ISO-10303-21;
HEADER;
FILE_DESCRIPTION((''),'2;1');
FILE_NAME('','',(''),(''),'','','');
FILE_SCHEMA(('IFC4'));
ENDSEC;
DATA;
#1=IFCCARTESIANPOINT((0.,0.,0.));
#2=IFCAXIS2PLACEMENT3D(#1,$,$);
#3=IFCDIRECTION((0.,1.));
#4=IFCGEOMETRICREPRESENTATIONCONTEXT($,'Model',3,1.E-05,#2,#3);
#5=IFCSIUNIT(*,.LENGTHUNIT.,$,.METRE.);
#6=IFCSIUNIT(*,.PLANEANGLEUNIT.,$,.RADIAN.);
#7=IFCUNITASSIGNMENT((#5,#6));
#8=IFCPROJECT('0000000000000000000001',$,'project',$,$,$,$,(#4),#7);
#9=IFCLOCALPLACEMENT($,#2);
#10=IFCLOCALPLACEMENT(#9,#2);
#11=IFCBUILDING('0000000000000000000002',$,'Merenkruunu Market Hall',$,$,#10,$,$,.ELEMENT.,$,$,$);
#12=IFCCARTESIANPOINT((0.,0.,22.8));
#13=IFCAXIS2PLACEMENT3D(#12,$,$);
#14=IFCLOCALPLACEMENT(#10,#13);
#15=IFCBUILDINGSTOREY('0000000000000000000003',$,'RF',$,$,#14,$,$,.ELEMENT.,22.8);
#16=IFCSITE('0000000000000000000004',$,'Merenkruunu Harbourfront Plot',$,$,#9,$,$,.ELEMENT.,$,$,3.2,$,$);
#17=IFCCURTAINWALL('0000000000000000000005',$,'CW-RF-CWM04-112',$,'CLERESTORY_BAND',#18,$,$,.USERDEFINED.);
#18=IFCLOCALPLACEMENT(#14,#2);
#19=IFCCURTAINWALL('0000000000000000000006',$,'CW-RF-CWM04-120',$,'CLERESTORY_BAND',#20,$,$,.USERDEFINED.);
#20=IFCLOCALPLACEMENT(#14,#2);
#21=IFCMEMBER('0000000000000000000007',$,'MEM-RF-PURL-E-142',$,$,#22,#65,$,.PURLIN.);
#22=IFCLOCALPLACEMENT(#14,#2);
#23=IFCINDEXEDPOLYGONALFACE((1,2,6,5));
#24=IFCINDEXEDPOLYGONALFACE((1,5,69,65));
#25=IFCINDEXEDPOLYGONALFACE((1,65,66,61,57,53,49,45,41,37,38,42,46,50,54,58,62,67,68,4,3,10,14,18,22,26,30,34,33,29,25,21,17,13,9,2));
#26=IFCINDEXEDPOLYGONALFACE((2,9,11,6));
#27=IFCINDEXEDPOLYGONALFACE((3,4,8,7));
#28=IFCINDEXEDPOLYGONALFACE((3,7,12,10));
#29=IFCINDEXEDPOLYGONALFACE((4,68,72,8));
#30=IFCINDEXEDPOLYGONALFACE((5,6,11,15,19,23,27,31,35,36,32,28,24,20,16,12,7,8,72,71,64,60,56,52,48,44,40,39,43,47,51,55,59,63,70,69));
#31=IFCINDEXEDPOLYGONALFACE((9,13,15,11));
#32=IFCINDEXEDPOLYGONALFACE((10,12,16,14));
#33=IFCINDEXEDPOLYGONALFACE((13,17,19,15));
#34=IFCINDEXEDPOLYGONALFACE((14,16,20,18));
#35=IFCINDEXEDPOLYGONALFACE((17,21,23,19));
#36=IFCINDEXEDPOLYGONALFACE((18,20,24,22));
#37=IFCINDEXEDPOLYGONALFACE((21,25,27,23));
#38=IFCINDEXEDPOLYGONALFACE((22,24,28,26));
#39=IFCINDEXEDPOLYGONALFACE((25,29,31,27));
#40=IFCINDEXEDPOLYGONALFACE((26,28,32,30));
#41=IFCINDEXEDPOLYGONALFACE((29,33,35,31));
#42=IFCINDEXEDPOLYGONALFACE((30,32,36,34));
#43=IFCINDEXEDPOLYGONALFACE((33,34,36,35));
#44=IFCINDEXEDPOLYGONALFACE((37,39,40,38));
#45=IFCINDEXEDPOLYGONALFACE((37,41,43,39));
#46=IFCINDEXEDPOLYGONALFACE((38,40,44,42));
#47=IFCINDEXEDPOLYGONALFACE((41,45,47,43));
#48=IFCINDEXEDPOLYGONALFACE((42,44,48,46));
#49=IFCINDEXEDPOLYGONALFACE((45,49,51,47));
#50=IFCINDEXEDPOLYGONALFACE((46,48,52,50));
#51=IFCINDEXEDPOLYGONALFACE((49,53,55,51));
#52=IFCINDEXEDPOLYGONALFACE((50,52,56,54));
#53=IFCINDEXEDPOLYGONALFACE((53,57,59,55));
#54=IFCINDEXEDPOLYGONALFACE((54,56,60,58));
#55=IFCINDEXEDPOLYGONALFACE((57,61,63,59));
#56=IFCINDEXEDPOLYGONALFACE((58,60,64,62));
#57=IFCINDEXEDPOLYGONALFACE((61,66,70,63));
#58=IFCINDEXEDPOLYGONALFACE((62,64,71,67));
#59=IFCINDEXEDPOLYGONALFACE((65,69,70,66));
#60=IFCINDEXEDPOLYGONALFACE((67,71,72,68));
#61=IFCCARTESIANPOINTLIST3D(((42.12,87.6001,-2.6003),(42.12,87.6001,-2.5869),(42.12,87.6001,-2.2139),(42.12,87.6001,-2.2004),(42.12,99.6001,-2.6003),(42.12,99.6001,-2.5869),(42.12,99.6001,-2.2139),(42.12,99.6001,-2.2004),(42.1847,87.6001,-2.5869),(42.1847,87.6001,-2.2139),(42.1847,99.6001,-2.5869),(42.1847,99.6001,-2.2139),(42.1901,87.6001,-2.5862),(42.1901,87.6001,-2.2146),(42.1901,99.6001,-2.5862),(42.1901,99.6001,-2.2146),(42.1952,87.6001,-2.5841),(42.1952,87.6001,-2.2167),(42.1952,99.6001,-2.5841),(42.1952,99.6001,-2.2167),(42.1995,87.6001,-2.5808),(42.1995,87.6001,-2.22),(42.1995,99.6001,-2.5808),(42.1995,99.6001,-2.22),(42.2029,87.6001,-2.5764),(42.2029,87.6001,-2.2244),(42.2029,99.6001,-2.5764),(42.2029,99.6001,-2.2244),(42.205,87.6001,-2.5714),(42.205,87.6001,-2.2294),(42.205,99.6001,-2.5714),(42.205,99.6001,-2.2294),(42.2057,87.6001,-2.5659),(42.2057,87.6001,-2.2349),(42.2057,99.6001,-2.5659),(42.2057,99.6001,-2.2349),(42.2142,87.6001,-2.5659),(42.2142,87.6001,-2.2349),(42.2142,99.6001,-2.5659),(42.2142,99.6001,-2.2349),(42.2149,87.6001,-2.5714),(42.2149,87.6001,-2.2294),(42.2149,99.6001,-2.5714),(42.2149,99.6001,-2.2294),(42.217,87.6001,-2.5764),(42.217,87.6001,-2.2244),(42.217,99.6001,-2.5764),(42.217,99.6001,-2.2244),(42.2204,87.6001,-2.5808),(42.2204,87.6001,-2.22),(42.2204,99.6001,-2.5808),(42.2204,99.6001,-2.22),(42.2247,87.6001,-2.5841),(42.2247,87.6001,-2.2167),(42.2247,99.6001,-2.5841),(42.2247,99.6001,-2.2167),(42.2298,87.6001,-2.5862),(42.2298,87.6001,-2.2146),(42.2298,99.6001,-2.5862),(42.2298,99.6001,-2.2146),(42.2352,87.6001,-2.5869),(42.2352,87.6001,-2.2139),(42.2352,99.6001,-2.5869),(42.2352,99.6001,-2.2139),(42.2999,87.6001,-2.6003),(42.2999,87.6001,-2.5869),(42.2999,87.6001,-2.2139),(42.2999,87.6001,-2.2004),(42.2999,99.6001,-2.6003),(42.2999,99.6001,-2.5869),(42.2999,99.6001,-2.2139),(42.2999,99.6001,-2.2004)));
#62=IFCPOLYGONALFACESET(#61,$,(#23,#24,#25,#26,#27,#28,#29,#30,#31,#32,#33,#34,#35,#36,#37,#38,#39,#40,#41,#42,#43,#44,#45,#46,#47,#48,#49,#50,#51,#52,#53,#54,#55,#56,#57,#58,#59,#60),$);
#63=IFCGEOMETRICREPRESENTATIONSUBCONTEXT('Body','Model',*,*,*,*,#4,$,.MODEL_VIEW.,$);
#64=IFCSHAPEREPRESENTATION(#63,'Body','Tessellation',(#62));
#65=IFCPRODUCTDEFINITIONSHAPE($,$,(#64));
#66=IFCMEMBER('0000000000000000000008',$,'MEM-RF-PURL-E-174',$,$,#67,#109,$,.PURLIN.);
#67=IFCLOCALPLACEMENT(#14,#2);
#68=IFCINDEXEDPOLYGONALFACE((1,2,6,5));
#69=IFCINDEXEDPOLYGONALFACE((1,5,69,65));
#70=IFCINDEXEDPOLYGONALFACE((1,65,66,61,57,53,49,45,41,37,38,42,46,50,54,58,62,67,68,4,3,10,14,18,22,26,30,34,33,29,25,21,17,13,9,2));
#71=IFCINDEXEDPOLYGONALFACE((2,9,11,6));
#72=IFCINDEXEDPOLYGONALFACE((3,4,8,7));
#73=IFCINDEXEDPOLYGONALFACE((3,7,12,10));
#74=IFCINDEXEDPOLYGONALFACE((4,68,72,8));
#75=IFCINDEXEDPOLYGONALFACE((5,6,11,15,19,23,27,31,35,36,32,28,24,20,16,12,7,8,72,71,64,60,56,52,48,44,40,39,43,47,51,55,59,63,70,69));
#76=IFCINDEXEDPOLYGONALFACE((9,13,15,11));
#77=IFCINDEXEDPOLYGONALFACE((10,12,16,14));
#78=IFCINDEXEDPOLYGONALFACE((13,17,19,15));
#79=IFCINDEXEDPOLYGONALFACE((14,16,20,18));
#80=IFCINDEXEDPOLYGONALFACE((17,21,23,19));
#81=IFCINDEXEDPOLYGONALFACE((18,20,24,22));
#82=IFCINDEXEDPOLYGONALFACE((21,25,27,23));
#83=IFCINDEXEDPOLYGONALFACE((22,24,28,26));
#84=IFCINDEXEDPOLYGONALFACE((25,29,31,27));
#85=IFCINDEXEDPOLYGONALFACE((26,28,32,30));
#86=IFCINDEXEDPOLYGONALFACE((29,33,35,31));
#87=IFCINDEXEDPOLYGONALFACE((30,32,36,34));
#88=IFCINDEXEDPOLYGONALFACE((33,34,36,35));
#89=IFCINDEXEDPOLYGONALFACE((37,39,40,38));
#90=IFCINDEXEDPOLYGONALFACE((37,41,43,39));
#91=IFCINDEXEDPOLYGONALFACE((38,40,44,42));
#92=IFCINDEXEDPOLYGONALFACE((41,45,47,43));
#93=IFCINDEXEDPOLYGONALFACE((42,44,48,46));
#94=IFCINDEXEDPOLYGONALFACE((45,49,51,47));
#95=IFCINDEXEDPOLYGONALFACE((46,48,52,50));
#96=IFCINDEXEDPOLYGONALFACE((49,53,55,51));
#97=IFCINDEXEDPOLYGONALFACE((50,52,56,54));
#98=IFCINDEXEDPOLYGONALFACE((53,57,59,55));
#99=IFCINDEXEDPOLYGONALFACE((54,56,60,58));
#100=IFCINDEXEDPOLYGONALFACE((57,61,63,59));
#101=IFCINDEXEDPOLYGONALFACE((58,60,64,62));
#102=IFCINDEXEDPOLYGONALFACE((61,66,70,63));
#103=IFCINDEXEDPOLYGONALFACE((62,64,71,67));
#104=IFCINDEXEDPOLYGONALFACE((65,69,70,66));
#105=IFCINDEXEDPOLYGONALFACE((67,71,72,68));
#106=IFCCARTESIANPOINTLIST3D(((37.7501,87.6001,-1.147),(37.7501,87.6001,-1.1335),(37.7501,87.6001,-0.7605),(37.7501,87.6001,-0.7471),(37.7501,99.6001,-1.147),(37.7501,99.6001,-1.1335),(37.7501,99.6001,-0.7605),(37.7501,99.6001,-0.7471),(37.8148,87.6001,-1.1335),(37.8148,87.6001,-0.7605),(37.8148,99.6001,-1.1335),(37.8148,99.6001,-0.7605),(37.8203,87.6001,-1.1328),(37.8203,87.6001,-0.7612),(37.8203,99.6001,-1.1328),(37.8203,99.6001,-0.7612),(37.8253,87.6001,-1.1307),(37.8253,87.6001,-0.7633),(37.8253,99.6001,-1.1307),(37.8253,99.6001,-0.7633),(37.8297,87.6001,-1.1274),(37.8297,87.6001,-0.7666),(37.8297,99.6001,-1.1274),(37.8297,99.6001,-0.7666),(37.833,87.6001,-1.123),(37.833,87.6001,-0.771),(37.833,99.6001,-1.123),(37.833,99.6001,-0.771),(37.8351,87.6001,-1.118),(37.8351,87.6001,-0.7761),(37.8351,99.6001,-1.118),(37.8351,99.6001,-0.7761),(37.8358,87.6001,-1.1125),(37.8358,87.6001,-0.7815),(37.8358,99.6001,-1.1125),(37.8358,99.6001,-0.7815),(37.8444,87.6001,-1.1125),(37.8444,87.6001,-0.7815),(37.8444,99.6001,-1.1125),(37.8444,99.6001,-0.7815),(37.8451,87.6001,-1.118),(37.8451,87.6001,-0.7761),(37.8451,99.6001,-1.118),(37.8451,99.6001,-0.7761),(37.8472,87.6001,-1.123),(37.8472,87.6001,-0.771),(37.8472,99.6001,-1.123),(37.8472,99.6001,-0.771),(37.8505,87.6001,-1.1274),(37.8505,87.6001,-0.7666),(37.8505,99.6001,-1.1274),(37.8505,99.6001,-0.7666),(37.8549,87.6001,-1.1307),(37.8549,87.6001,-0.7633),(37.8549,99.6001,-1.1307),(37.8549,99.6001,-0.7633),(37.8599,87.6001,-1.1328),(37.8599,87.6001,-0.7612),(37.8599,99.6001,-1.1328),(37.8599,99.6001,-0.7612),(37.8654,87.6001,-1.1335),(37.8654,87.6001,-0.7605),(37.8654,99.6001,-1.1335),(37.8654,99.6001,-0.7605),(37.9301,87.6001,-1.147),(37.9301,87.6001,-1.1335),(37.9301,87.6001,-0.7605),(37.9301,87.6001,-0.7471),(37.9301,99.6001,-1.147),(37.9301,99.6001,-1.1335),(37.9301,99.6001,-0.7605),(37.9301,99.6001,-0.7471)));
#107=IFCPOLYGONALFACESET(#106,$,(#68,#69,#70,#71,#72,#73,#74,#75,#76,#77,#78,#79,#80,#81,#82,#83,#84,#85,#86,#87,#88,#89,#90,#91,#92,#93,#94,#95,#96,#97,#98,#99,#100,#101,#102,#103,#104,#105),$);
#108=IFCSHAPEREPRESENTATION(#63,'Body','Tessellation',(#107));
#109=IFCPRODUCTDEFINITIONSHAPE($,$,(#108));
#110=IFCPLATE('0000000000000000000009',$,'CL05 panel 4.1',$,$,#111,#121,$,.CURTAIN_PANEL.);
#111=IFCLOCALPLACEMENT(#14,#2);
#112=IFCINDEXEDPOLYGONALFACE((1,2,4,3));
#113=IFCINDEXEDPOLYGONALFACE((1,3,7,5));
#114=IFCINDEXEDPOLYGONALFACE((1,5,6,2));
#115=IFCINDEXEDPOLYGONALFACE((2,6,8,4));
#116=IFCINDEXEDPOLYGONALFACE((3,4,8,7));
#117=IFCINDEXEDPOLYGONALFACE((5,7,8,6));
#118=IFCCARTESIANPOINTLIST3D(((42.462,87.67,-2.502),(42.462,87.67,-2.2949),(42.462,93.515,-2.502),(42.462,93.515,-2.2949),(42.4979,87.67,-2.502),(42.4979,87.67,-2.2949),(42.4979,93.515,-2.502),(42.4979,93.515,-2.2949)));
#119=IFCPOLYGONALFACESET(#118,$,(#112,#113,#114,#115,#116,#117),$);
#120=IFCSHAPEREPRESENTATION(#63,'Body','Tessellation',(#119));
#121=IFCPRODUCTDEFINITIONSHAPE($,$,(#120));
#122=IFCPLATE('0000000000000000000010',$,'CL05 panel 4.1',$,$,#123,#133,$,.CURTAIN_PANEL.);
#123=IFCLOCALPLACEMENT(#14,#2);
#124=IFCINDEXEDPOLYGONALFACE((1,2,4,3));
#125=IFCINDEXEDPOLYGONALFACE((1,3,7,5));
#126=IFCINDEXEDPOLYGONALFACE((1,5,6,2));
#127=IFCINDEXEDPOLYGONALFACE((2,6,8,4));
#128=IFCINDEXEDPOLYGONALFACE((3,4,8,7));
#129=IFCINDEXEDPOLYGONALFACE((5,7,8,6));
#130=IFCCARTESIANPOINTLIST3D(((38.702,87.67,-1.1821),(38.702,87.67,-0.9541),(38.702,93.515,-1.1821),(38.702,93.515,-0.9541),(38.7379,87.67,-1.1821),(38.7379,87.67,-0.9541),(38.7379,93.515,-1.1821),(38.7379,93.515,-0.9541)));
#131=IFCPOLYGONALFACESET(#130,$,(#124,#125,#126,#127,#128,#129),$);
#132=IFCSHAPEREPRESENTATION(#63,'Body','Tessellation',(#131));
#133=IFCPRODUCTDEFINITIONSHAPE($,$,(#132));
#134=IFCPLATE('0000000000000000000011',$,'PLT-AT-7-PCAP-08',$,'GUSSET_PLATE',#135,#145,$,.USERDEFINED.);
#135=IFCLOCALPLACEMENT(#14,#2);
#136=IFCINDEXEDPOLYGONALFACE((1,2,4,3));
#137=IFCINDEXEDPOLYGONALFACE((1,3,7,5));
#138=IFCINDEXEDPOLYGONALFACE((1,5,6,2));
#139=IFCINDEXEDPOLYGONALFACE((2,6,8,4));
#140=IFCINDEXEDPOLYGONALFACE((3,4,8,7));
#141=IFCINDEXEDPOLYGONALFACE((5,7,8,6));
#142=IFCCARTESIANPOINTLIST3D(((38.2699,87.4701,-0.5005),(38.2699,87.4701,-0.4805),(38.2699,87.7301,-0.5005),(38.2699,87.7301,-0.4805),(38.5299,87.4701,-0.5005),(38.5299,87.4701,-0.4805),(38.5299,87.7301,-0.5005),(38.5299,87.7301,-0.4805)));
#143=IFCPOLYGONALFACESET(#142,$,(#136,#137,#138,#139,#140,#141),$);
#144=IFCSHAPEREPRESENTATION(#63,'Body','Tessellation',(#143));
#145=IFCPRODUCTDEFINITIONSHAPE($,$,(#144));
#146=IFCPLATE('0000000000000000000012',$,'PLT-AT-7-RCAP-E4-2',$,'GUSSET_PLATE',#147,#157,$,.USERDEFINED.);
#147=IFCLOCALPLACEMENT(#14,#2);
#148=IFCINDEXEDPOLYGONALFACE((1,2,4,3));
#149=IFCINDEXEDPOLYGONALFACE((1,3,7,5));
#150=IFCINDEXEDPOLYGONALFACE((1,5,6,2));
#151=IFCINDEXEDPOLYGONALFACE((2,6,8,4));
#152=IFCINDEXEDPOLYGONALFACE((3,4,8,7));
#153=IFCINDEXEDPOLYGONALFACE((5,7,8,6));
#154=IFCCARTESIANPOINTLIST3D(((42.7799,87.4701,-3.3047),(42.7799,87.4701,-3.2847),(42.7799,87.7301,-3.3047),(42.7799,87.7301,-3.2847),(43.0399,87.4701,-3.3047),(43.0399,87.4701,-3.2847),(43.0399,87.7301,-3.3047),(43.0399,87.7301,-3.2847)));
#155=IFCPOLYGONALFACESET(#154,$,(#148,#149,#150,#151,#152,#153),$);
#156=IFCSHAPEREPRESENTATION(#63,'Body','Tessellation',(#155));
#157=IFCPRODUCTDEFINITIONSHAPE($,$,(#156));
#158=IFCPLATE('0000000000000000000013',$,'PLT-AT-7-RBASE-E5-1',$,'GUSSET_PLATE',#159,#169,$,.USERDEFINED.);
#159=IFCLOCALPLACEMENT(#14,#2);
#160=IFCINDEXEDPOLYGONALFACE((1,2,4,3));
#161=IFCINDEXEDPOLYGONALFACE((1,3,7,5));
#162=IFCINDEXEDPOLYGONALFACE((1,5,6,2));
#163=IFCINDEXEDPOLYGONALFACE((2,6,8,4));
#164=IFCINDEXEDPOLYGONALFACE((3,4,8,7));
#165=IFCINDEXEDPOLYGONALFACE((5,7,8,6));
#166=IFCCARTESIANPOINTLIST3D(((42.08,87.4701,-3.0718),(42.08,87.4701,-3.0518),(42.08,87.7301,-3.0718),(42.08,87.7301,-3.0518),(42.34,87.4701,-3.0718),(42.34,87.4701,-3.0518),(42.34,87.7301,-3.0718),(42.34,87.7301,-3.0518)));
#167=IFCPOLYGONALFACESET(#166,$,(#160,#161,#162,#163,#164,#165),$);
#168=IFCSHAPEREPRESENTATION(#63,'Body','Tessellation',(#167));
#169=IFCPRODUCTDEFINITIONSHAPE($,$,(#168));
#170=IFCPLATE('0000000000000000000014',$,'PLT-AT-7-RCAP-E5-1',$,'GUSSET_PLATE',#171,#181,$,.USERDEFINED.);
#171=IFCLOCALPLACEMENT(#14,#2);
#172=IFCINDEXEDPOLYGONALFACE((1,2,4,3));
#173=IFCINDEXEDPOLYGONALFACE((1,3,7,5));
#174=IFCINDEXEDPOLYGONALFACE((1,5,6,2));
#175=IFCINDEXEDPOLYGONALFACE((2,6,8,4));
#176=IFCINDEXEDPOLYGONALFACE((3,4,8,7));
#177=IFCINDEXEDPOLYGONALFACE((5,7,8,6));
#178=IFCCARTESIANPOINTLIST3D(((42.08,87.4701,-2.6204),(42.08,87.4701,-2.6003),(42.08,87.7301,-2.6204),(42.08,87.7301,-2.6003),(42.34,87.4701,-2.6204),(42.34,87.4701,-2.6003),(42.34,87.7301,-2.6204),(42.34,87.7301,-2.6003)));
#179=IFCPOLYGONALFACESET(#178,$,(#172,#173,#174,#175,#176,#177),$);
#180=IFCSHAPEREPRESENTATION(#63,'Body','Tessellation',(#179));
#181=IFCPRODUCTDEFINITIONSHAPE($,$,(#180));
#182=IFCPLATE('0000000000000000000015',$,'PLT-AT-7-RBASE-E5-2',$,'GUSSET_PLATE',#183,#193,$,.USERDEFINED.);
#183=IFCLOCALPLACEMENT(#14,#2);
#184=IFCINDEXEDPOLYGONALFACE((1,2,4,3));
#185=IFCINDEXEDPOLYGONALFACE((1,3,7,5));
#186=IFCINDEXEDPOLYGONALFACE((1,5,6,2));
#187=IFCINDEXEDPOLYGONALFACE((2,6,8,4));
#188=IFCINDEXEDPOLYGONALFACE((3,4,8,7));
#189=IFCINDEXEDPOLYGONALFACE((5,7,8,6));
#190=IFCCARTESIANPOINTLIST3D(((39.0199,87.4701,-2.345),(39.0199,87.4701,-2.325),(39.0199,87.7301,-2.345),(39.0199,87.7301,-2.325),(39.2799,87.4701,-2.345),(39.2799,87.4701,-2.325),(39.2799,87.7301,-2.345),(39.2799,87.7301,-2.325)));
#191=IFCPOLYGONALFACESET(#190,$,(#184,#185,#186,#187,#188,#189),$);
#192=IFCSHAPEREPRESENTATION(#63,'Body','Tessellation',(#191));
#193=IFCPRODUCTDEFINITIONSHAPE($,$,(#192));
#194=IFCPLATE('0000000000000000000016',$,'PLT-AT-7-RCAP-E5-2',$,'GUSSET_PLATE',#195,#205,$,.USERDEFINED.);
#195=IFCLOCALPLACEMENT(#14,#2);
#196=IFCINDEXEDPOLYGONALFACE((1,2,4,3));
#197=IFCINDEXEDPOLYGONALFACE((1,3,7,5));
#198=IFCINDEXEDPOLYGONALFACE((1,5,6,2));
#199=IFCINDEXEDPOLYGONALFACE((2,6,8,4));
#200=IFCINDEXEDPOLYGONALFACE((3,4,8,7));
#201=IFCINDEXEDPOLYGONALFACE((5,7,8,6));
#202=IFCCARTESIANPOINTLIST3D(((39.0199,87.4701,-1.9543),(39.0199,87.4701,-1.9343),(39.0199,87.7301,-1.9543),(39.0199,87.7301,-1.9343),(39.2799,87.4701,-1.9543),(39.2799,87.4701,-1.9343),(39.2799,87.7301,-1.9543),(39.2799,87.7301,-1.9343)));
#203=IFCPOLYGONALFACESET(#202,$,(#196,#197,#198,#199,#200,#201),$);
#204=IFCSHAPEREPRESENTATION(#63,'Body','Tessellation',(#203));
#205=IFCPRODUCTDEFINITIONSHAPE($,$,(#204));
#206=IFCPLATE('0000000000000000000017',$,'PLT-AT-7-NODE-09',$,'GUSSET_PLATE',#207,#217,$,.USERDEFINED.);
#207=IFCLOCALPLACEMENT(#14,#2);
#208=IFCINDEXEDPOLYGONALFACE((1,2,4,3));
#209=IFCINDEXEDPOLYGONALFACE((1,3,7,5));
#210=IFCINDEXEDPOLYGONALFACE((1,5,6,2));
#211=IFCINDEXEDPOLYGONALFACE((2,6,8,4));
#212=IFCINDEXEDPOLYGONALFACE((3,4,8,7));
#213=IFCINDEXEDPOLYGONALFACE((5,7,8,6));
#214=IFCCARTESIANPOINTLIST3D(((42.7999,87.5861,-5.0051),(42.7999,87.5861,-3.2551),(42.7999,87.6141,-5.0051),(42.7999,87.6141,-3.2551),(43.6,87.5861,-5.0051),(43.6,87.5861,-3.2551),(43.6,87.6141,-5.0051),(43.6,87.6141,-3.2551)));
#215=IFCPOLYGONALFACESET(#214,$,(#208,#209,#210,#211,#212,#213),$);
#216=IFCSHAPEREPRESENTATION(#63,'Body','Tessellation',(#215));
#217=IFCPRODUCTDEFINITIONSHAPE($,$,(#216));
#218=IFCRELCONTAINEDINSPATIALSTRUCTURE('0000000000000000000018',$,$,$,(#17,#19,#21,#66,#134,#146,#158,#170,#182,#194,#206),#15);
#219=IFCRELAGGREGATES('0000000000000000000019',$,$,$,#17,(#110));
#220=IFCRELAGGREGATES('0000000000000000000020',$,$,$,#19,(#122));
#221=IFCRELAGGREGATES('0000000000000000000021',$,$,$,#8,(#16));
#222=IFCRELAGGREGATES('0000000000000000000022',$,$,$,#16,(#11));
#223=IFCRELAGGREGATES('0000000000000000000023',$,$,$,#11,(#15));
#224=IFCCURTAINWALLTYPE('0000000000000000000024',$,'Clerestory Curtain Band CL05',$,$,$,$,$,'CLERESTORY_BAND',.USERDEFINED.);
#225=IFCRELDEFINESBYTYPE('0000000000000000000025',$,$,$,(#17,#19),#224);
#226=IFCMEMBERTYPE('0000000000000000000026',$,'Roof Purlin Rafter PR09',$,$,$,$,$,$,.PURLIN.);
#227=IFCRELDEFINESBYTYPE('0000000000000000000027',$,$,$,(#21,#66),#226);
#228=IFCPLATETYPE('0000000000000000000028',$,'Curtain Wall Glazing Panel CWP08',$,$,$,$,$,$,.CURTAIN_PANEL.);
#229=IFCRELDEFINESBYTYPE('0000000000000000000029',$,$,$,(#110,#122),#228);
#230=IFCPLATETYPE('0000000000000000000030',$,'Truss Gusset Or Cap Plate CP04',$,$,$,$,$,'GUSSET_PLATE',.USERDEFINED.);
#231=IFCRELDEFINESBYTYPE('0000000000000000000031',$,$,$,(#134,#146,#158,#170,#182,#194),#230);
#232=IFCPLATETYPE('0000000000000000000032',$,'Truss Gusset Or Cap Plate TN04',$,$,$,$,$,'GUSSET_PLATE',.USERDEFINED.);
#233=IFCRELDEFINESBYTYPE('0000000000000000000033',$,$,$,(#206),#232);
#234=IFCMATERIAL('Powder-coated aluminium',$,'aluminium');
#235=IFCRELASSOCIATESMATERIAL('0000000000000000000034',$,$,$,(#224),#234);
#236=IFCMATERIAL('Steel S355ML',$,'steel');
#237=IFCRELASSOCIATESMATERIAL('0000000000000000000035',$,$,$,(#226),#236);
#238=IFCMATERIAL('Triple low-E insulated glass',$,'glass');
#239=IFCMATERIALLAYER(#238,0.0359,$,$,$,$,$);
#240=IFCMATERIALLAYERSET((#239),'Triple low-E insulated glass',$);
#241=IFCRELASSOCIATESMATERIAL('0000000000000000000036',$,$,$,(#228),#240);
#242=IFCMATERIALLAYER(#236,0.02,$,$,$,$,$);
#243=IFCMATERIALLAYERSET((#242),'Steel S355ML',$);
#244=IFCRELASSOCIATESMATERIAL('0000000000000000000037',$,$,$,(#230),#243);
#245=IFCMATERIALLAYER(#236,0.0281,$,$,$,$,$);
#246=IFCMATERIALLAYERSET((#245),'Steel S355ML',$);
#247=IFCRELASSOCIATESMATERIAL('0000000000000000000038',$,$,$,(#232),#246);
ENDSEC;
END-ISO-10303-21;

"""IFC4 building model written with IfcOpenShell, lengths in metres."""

from ifc_helpers import new_model, si_unit, direction, frame, origin, origin_2d, place, context, subcontext, project, spatial, rectangle, i_section, extrude, material, layer, layer_set, material_profile, profile_set, type_object, element, aggregate, save


model = new_model("IFC4")

# Units and contexts
model_context = context("Model", 3, precision=1e-05, world=origin(), true_north=direction((0.0, 1.0)))
body_context = subcontext(model_context, "Body", "Model", "MODEL_VIEW")
ifc_project = project(units=[si_unit("LENGTHUNIT", "METRE"), si_unit("PLANEANGLEUNIT", "RADIAN")], contexts=[model_context])

# Site, building, storey
site_placement = place(None, origin())
site = spatial("IfcSite", under=ifc_project, at=site_placement, Name="Merenkruunu Harbourfront Plot", CompositionType="ELEMENT", RefElevation=3.2)
building_placement = place(site_placement, origin())
building = spatial("IfcBuilding", under=site, at=building_placement, Name="Merenkruunu Market Hall", CompositionType="ELEMENT")
storey_placement = place(building_placement, frame((0.0, 0.0, 22.8)))
storey = spatial("IfcBuildingStorey", under=building, at=storey_placement, Name="RF", CompositionType="ELEMENT", Elevation=22.8)

# Shared definitions
ifc_material_1 = material(Name="Steel S355ML", Category="steel")

# Curtain walls
ifc_material_2 = material(Name="Powder-coated aluminium", Category="aluminium")
curtain_wall_type = type_object("IfcCurtainWallType", Name="Clerestory Curtain Band CL05", ElementType="CLERESTORY_BAND", PredefinedType="USERDEFINED", material=ifc_material_2)
curtain_wall_1_placement = place(storey_placement, origin())
curtain_wall_1 = element("IfcCurtainWall", 1, at=curtain_wall_1_placement, inside=storey, type_object=curtain_wall_type, Name="CW-RF-CWM04-112", ObjectType="CLERESTORY_BAND", PredefinedType="USERDEFINED")
curtain_wall_2_placement = place(storey_placement, origin())
curtain_wall_2 = element("IfcCurtainWall", 2, at=curtain_wall_2_placement, inside=storey, type_object=curtain_wall_type, Name="CW-RF-CWM04-120", ObjectType="CLERESTORY_BAND", PredefinedType="USERDEFINED")

# Members
ifc_material_profile_1 = material_profile(ifc_material_1, i_section(OverallWidth=0.1799, OverallDepth=0.3999, WebThickness=0.0085, FlangeThickness=0.0134, FilletRadius=0.021, at=origin_2d()), Name="IPE 400")
ifc_profile_set_1 = profile_set([ifc_material_profile_1], Name="Steel S355ML")
member_type_1 = type_object("IfcMemberType", Name="Roof Purlin Rafter PR09", PredefinedType="PURLIN", material=ifc_profile_set_1)
for number, where, z_axis, x_axis, name in (
    (3, (42.21, 87.6001, -2.4004), (0.0, 1.0, 0.0), (-1.0, 0.0, 0.0), "MEM-RF-PURL-E-142"),
    (4, (37.8401, 87.6001, -0.947), (0.0, 1.0, 0.0), (-1.0, 0.0, 0.0), "MEM-RF-PURL-E-174"),
):
    element("IfcMember", number, at=place(storey_placement, frame(where, z_axis=z_axis, x_axis=x_axis)), inside=storey, type_object=member_type_1, Name=name, PredefinedType="PURLIN", context=body_context, shape_type="SweptSolid", body=[
        extrude(i_section(OverallWidth=0.1799, OverallDepth=0.3999, WebThickness=0.0085, FlangeThickness=0.0134, FilletRadius=0.021, at=origin_2d()), origin(), (0.0, 0.0, 1.0), 12.0),
    ])

# Plates
ifc_material_3 = material(Name="Triple low-E insulated glass", Category="glass")
ifc_layer_1 = layer(ifc_material_3, 0.0359)
ifc_layer_set_1 = layer_set([ifc_layer_1], Name="Triple low-E insulated glass")
plate_type_1 = type_object("IfcPlateType", Name="Curtain Wall Glazing Panel CWP08", PredefinedType="CURTAIN_PANEL", material=ifc_layer_set_1)
plate_1_placement = place(storey_placement, frame((42.48, 90.5925, -2.502), z_axis=(0.0, 0.0, 1.0), x_axis=(0.0, -1.0, 0.0)))
plate_1 = element("IfcPlate", 5, at=plate_1_placement, type_object=plate_type_1, Name="CL05 panel 4.1", PredefinedType="CURTAIN_PANEL", context=body_context, shape_type="SweptSolid", body=[
    extrude(rectangle(XDim=5.845, YDim=0.0359, at=origin_2d()), origin(), (0.0, 0.0, 1.0), 0.207),
])
aggregate(curtain_wall_1, [plate_1])
plate_2_placement = place(storey_placement, frame((38.72, 90.5925, -1.1821), z_axis=(0.0, 0.0, 1.0), x_axis=(0.0, -1.0, 0.0)))
plate_2 = element("IfcPlate", 6, at=plate_2_placement, type_object=plate_type_1, Name="CL05 panel 4.1", PredefinedType="CURTAIN_PANEL", context=body_context, shape_type="SweptSolid", body=[
    extrude(rectangle(XDim=5.845, YDim=0.0359, at=origin_2d()), origin(), (0.0, 0.0, 1.0), 0.228),
])
aggregate(curtain_wall_2, [plate_2])

# Plates
ifc_layer_2 = layer(ifc_material_1, 0.02)
ifc_layer_set_2 = layer_set([ifc_layer_2], Name="Steel S355ML")
plate_type_2 = type_object("IfcPlateType", Name="Truss Gusset Or Cap Plate CP04", ElementType="GUSSET_PLATE", PredefinedType="USERDEFINED", material=ifc_layer_set_2)
for number, where, z_axis, x_axis, name in (
    (7, (38.3999, 87.6001, -0.5005), (0.0, 0.0, 1.0), (1.0, 0.0, 0.0), "PLT-AT-7-PCAP-08"),
    (8, (42.9099, 87.6001, -3.3047), (0.0, 0.0, 1.0), (1.0, 0.0, 0.0), "PLT-AT-7-RCAP-E4-2"),
    (9, (42.21, 87.6001, -3.0718), (0.0, 0.0, 1.0), (1.0, 0.0, 0.0), "PLT-AT-7-RBASE-E5-1"),
    (10, (42.21, 87.6001, -2.6204), (0.0, 0.0, 1.0), (1.0, 0.0, 0.0), "PLT-AT-7-RCAP-E5-1"),
    (11, (39.1499, 87.6001, -2.345), (0.0, 0.0, 1.0), (1.0, 0.0, 0.0), "PLT-AT-7-RBASE-E5-2"),
    (12, (39.1499, 87.6001, -1.9543), (0.0, 0.0, 1.0), (1.0, 0.0, 0.0), "PLT-AT-7-RCAP-E5-2"),
):
    element("IfcPlate", number, at=place(storey_placement, frame(where, z_axis=z_axis, x_axis=x_axis)), inside=storey, type_object=plate_type_2, Name=name, ObjectType="GUSSET_PLATE", PredefinedType="USERDEFINED", context=body_context, shape_type="SweptSolid", body=[
        extrude(rectangle(XDim=0.26, YDim=0.26, at=origin_2d()), origin(), (0.0, 0.0, 1.0), 0.02),
    ])
ifc_layer_3 = layer(ifc_material_1, 0.0281)
ifc_layer_set_3 = layer_set([ifc_layer_3], Name="Steel S355ML")
plate_type_3 = type_object("IfcPlateType", Name="Truss Gusset Or Cap Plate TN04", ElementType="GUSSET_PLATE", PredefinedType="USERDEFINED", material=ifc_layer_set_3)
plate_3_placement = place(storey_placement, frame((43.2, 87.6001, -5.0051), z_axis=(0.0, 0.0, 1.0), x_axis=(1.0, 0.0, 0.0)))
element("IfcPlate", 13, at=plate_3_placement, inside=storey, type_object=plate_type_3, Name="PLT-AT-7-NODE-09", ObjectType="GUSSET_PLATE", PredefinedType="USERDEFINED", context=body_context, shape_type="SweptSolid", body=[
    extrude(rectangle(XDim=0.8, YDim=0.0281, at=origin_2d()), origin(), (0.0, 0.0, 1.0), 1.75),
])

save(model, "model.ifc")
